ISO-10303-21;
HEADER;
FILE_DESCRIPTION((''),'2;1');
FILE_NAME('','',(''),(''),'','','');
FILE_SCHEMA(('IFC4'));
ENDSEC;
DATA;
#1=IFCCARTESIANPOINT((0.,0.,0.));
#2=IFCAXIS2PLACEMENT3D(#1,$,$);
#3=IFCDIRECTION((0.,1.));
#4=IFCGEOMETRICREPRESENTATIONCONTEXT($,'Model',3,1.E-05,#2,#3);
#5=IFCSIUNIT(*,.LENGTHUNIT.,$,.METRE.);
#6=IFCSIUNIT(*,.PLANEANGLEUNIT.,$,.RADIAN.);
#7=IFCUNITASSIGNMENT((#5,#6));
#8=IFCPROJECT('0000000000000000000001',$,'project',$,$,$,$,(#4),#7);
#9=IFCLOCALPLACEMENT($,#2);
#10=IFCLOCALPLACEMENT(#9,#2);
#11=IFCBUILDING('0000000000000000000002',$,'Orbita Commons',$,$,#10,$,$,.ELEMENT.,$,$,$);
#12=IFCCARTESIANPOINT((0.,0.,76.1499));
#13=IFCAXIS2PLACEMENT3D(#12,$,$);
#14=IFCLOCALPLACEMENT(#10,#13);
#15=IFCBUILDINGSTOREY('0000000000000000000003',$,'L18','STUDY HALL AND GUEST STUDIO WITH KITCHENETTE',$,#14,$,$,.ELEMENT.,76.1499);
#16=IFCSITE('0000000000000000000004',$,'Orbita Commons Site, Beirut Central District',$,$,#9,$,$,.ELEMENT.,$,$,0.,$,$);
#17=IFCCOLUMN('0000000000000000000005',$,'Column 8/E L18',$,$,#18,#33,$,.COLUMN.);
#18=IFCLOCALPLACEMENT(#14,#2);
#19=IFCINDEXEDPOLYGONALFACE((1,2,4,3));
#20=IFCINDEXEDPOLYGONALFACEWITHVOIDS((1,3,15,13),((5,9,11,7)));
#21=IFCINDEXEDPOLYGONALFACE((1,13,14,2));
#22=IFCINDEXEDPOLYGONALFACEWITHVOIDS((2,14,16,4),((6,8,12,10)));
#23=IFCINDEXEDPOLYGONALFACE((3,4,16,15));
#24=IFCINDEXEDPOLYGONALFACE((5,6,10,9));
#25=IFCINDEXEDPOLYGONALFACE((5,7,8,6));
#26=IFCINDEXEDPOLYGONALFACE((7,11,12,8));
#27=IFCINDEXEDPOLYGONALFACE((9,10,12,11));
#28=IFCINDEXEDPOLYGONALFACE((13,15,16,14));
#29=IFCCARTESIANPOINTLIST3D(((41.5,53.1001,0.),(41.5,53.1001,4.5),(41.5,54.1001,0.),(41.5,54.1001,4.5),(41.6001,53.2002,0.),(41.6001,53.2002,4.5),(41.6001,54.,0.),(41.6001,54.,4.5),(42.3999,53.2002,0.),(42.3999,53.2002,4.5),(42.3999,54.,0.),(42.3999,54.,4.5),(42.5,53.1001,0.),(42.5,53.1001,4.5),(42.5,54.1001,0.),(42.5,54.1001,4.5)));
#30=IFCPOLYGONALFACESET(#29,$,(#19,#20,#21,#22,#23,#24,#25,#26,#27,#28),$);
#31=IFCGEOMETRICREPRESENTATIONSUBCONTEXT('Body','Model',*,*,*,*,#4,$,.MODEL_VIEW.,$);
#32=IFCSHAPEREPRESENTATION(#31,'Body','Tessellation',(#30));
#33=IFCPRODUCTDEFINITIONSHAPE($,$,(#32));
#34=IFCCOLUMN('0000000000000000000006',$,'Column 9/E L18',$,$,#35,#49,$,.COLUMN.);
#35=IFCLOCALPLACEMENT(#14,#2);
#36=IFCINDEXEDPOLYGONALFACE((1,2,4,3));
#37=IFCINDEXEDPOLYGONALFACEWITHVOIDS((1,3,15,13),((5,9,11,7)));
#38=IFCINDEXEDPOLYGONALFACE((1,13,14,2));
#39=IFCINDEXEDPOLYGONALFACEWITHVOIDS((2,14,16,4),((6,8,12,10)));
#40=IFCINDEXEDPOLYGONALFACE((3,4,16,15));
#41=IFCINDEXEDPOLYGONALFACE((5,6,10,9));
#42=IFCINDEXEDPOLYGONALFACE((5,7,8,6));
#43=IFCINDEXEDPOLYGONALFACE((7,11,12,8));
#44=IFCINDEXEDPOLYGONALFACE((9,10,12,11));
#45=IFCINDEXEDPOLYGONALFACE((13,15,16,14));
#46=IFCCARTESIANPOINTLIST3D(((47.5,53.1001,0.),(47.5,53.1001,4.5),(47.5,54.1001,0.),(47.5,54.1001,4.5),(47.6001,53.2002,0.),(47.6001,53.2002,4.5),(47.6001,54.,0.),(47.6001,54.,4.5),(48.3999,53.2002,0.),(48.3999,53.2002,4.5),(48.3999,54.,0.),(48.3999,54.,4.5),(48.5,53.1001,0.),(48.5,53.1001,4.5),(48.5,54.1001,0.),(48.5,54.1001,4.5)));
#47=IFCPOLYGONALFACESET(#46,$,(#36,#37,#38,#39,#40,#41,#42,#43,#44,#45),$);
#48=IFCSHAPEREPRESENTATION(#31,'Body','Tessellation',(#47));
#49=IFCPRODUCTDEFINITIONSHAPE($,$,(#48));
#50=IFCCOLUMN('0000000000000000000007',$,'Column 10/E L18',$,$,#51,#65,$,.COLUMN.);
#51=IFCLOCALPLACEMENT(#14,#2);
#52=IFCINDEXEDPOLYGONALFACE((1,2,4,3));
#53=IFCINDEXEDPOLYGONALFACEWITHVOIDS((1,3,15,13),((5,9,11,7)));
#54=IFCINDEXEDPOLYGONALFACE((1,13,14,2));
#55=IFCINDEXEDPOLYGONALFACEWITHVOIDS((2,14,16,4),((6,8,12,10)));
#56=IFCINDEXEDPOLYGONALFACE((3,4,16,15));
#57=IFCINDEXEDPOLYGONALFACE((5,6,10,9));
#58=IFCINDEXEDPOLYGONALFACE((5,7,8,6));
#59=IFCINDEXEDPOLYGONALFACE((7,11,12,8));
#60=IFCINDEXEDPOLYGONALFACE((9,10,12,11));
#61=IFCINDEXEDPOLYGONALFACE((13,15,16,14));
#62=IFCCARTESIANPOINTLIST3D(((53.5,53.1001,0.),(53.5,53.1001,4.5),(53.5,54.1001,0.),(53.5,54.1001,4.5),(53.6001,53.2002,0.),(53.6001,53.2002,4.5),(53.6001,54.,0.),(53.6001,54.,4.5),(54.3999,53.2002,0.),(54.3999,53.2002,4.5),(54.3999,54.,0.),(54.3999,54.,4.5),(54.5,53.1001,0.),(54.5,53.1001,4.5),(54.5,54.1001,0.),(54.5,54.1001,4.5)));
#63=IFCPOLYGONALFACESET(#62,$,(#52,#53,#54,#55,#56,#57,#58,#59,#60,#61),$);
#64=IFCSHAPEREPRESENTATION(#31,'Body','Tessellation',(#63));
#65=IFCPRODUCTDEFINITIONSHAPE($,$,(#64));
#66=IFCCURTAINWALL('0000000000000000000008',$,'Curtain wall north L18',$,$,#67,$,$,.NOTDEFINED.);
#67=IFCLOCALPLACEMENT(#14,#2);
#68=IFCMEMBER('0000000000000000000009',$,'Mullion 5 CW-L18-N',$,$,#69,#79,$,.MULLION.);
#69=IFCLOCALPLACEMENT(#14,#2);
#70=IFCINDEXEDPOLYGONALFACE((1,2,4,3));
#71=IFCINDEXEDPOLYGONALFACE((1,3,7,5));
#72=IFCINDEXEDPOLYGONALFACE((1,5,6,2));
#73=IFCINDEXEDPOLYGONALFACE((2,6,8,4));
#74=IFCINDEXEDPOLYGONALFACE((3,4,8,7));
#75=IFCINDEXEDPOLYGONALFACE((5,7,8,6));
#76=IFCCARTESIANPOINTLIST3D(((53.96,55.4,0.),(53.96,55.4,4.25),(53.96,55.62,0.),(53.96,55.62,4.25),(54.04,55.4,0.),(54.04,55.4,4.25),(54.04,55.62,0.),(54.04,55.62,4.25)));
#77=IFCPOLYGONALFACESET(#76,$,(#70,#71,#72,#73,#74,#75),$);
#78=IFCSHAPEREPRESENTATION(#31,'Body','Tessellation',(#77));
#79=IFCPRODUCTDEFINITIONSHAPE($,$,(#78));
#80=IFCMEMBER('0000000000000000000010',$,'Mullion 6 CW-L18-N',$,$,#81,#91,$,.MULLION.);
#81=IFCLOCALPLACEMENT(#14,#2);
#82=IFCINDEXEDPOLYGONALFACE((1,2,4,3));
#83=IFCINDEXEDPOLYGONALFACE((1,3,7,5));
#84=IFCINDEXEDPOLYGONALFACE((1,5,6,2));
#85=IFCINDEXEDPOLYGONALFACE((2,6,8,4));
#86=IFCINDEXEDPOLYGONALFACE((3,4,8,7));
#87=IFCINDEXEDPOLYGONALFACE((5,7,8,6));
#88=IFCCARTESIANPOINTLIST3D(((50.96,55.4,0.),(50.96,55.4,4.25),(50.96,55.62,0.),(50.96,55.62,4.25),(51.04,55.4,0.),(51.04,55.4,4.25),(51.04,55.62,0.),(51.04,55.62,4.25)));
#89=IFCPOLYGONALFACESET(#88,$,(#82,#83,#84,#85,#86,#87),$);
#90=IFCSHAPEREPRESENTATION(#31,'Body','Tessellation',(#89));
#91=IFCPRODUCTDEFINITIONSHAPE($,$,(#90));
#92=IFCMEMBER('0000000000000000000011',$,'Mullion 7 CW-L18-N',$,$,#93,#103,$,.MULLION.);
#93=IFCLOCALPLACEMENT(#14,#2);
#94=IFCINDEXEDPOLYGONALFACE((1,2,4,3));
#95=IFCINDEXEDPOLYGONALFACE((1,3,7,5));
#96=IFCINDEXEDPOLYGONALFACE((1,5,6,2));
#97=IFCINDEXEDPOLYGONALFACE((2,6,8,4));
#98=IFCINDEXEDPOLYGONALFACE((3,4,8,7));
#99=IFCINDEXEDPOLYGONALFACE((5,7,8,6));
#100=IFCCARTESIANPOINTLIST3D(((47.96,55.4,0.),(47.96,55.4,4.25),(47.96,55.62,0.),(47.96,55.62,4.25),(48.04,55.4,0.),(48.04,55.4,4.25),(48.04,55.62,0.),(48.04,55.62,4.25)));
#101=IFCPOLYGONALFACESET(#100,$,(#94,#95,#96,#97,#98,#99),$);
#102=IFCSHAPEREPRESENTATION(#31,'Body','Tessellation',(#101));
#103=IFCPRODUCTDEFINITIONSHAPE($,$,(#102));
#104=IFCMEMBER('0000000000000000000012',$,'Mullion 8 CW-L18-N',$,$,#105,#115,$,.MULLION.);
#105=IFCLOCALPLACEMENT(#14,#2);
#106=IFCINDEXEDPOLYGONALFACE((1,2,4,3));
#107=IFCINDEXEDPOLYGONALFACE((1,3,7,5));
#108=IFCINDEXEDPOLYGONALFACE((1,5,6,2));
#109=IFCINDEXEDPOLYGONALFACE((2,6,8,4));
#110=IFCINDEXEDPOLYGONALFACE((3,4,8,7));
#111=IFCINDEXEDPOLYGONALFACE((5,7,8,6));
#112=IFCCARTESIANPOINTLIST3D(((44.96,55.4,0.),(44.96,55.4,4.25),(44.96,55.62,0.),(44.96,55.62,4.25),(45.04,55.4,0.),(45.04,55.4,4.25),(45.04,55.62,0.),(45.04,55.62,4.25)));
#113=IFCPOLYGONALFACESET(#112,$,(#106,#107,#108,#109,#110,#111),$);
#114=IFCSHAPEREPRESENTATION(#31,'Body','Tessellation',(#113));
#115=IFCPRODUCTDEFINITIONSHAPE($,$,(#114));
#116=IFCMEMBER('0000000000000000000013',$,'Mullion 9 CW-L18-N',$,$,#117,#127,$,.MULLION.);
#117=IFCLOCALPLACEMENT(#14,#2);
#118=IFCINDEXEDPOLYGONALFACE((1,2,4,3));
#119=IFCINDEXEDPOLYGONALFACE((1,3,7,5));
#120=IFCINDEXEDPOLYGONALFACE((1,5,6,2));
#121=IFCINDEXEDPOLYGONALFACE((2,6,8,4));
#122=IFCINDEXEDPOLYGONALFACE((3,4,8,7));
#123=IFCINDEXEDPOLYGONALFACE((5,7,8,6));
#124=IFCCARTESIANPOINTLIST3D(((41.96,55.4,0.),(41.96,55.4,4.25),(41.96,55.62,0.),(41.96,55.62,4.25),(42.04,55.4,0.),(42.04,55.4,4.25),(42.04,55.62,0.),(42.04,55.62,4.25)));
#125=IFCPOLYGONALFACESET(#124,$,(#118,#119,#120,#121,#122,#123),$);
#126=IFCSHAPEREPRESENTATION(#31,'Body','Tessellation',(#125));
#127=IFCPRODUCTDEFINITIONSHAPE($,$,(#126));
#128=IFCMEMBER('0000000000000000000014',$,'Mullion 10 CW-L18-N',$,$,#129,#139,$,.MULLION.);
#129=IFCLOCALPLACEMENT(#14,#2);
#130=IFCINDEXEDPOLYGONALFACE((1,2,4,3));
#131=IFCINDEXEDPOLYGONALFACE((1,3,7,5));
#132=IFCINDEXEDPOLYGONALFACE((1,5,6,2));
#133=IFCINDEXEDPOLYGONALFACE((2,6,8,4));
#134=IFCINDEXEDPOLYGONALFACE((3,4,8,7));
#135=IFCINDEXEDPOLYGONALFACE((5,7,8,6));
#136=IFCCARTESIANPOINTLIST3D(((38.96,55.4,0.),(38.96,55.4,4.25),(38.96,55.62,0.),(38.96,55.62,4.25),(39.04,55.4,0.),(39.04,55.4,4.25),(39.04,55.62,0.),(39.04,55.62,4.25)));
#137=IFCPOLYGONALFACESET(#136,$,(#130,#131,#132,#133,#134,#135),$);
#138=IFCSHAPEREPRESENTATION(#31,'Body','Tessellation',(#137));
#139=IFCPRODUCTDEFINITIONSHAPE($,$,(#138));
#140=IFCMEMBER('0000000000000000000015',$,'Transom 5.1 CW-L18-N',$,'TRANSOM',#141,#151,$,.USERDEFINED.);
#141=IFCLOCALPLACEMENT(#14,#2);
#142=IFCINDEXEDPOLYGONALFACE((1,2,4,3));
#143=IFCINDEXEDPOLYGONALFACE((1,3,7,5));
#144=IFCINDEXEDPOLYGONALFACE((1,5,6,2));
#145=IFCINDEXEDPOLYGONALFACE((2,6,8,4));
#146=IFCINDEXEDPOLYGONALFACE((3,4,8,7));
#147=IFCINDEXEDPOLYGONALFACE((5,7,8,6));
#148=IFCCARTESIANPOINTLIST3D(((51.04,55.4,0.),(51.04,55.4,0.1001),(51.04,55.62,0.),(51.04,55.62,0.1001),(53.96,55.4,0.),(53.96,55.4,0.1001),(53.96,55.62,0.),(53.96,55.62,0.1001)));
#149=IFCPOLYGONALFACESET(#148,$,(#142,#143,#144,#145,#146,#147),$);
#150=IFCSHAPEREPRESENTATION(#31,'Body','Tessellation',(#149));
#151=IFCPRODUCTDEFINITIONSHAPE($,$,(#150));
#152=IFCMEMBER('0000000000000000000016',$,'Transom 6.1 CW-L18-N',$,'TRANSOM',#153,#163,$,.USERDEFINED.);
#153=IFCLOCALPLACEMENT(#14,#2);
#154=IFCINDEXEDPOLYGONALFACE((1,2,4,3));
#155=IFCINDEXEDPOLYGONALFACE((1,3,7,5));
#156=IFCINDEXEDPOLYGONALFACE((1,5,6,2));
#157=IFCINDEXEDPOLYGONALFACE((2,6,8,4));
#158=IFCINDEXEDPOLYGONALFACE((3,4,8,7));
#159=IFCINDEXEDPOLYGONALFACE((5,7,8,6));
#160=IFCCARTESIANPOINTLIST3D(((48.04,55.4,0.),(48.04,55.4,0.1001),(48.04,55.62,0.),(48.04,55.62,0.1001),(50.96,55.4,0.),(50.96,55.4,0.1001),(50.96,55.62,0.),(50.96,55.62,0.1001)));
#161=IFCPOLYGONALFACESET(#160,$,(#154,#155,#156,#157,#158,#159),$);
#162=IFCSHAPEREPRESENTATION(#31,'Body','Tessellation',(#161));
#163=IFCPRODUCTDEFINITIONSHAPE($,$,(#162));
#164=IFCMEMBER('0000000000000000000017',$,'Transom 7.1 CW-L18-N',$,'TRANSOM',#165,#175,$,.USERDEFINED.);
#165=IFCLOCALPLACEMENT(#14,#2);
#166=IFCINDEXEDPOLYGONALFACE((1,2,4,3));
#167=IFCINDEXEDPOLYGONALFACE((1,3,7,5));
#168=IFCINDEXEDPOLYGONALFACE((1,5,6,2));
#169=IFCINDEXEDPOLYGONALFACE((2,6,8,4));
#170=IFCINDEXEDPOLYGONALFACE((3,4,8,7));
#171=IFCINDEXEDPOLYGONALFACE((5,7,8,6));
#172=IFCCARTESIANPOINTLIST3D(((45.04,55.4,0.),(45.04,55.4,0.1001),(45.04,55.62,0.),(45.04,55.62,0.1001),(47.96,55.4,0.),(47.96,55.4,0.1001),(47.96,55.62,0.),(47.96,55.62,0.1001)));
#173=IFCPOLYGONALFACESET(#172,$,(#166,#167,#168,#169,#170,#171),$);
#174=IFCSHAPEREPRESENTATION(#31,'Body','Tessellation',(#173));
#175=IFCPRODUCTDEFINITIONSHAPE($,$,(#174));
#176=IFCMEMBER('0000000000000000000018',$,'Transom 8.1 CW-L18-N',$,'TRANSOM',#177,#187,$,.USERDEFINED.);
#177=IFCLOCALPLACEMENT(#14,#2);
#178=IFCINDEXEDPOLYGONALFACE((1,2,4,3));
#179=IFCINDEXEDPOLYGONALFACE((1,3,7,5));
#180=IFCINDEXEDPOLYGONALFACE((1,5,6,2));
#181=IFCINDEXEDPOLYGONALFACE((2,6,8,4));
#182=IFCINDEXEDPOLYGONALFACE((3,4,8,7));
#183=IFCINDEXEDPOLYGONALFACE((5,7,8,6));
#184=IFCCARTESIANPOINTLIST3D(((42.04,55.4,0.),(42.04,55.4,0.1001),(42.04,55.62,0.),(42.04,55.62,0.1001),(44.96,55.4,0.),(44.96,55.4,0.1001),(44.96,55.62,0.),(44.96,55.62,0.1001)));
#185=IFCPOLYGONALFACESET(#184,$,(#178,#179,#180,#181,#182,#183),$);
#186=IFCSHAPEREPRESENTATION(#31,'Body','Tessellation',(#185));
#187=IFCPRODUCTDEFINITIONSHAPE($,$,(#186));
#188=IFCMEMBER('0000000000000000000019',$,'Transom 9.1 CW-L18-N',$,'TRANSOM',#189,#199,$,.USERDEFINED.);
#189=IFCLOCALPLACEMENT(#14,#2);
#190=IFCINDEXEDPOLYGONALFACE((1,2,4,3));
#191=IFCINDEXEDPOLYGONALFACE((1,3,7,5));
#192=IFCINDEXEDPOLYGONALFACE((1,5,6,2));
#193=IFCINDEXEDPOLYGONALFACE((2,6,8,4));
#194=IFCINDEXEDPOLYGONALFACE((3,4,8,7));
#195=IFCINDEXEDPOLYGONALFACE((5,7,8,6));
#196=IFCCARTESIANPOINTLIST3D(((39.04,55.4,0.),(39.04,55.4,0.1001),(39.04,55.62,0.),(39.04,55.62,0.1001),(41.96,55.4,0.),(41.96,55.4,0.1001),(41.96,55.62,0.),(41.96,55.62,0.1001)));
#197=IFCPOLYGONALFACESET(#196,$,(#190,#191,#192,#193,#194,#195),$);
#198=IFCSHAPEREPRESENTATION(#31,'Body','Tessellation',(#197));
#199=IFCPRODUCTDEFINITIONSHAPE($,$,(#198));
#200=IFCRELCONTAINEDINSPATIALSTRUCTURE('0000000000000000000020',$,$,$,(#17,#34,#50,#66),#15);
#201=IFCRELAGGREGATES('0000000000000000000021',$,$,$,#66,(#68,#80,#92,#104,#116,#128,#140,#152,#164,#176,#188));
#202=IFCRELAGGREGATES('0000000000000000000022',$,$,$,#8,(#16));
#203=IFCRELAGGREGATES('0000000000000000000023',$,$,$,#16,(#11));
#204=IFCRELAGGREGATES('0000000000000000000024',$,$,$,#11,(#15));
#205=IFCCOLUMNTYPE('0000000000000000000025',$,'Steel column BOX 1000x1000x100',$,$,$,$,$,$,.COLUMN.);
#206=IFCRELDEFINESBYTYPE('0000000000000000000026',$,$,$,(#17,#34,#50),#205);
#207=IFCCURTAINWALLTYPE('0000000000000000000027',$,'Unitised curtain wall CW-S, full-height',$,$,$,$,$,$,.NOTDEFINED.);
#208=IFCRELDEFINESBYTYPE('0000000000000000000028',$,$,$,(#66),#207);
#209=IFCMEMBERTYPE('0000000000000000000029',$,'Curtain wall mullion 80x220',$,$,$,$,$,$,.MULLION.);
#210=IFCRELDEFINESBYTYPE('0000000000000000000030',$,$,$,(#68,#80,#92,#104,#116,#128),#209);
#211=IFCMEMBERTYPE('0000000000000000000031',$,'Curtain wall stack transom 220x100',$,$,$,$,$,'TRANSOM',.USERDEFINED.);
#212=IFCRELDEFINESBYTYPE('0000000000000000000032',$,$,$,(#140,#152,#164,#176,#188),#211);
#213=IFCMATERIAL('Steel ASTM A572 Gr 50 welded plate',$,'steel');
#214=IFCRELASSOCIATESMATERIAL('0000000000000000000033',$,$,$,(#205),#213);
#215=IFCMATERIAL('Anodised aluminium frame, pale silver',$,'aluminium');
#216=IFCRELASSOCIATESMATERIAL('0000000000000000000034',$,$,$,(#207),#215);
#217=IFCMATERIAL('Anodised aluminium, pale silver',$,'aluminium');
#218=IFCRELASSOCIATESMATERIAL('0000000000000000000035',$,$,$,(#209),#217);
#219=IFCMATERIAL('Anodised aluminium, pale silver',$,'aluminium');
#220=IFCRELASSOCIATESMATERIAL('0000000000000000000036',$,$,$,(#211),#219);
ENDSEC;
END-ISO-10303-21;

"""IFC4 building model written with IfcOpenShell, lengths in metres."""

from ifc_helpers import new_model, si_unit, direction, frame, origin, origin_2d, place, context, subcontext, project, spatial, rectangle, hollow_rectangle, extrude, material, material_profile, profile_set, type_object, element, aggregate, save


model = new_model("IFC4")

# Units and contexts
model_context = context("Model", 3, precision=1e-05, world=origin(), true_north=direction((0.0, 1.0)))
body_context = subcontext(model_context, "Body", "Model", "MODEL_VIEW")
ifc_project = project(units=[si_unit("LENGTHUNIT", "METRE"), si_unit("PLANEANGLEUNIT", "RADIAN")], contexts=[model_context])

# Site, building, storey
site_placement = place(None, origin())
site = spatial("IfcSite", under=ifc_project, at=site_placement, Name="Orbita Commons Site, Beirut Central District", CompositionType="ELEMENT", RefElevation=0.0)
building_placement = place(site_placement, origin())
building = spatial("IfcBuilding", under=site, at=building_placement, Name="Orbita Commons", CompositionType="ELEMENT")
storey_placement = place(building_placement, frame((0.0, 0.0, 76.1499)))
storey = spatial("IfcBuildingStorey", under=building, at=storey_placement, Name="L18", Description="STUDY HALL AND GUEST STUDIO WITH KITCHENETTE", CompositionType="ELEMENT", Elevation=76.1499)

# Columns
ifc_material_1 = material(Name="Steel ASTM A572 Gr 50 welded plate", Category="steel")
ifc_material_profile_1 = material_profile(ifc_material_1, hollow_rectangle(XDim=1.0, YDim=1.0, WallThickness=0.1001, at=origin_2d()), Name="BOX 1000x1000x100")
ifc_profile_set_1 = profile_set([ifc_material_profile_1], Name="Steel ASTM A572 Gr 50 welded plate")
column_type = type_object("IfcColumnType", Name="Steel column BOX 1000x1000x100", PredefinedType="COLUMN", material=ifc_profile_set_1)
for number, where, z_axis, x_axis, name in (
    (1, (42.0, 53.6001, 0.0), (0.0, 0.0, 1.0), (1.0, 0.0, 0.0), "Column 8/E L18"),
    (2, (48.0, 53.6001, 0.0), (0.0, 0.0, 1.0), (1.0, 0.0, 0.0), "Column 9/E L18"),
    (3, (54.0, 53.6001, 0.0), (0.0, 0.0, 1.0), (1.0, 0.0, 0.0), "Column 10/E L18"),
):
    element("IfcColumn", number, at=place(storey_placement, frame(where, z_axis=z_axis, x_axis=x_axis)), inside=storey, type_object=column_type, Name=name, PredefinedType="COLUMN", context=body_context, shape_type="SweptSolid", body=[
        extrude(hollow_rectangle(XDim=1.0, YDim=1.0, WallThickness=0.1001, at=origin_2d()), origin(), (0.0, 0.0, 1.0), 4.5),
    ])

# Curtain wall, members
ifc_material_2 = material(Name="Anodised aluminium frame, pale silver", Category="aluminium")
curtain_wall_type = type_object("IfcCurtainWallType", Name="Unitised curtain wall CW-S, full-height", PredefinedType="NOTDEFINED", material=ifc_material_2)
curtain_wall_placement = place(storey_placement, origin())
curtain_wall = element("IfcCurtainWall", 4, at=curtain_wall_placement, inside=storey, type_object=curtain_wall_type, Name="Curtain wall north L18", PredefinedType="NOTDEFINED")
ifc_material_3 = material(Name="Anodised aluminium, pale silver", Category="aluminium")
ifc_material_profile_2 = material_profile(ifc_material_3, rectangle(XDim=0.0801, YDim=0.22, at=origin_2d()), Name="AL 80x220")
ifc_profile_set_2 = profile_set([ifc_material_profile_2], Name="Anodised aluminium, pale silver")
member_type_1 = type_object("IfcMemberType", Name="Curtain wall mullion 80x220", PredefinedType="MULLION", material=ifc_profile_set_2)
member_1_placement = place(storey_placement, frame((54.0, 55.51, 0.0), z_axis=(0.0, 0.0, 1.0), x_axis=(-1.0, 0.0, 0.0)))
member_1 = element("IfcMember", 5, at=member_1_placement, type_object=member_type_1, Name="Mullion 5 CW-L18-N", PredefinedType="MULLION", context=body_context, shape_type="SweptSolid", body=[
    extrude(rectangle(XDim=0.0801, YDim=0.22, at=origin_2d()), origin(), (0.0, 0.0, 1.0), 4.25),
])
member_2_placement = place(storey_placement, frame((51.0, 55.51, 0.0), z_axis=(0.0, 0.0, 1.0), x_axis=(-1.0, 0.0, 0.0)))
member_2 = element("IfcMember", 6, at=member_2_placement, type_object=member_type_1, Name="Mullion 6 CW-L18-N", PredefinedType="MULLION", context=body_context, shape_type="SweptSolid", body=[
    extrude(rectangle(XDim=0.0801, YDim=0.22, at=origin_2d()), origin(), (0.0, 0.0, 1.0), 4.25),
])
member_3_placement = place(storey_placement, frame((48.0, 55.51, 0.0), z_axis=(0.0, 0.0, 1.0), x_axis=(-1.0, 0.0, 0.0)))
member_3 = element("IfcMember", 7, at=member_3_placement, type_object=member_type_1, Name="Mullion 7 CW-L18-N", PredefinedType="MULLION", context=body_context, shape_type="SweptSolid", body=[
    extrude(rectangle(XDim=0.0801, YDim=0.22, at=origin_2d()), origin(), (0.0, 0.0, 1.0), 4.25),
])
member_4_placement = place(storey_placement, frame((45.0, 55.51, 0.0), z_axis=(0.0, 0.0, 1.0), x_axis=(-1.0, 0.0, 0.0)))
member_4 = element("IfcMember", 8, at=member_4_placement, type_object=member_type_1, Name="Mullion 8 CW-L18-N", PredefinedType="MULLION", context=body_context, shape_type="SweptSolid", body=[
    extrude(rectangle(XDim=0.0801, YDim=0.22, at=origin_2d()), origin(), (0.0, 0.0, 1.0), 4.25),
])
member_5_placement = place(storey_placement, frame((42.0, 55.51, 0.0), z_axis=(0.0, 0.0, 1.0), x_axis=(-1.0, 0.0, 0.0)))
member_5 = element("IfcMember", 9, at=member_5_placement, type_object=member_type_1, Name="Mullion 9 CW-L18-N", PredefinedType="MULLION", context=body_context, shape_type="SweptSolid", body=[
    extrude(rectangle(XDim=0.0801, YDim=0.22, at=origin_2d()), origin(), (0.0, 0.0, 1.0), 4.25),
])
member_6_placement = place(storey_placement, frame((39.0, 55.51, 0.0), z_axis=(0.0, 0.0, 1.0), x_axis=(-1.0, 0.0, 0.0)))
member_6 = element("IfcMember", 10, at=member_6_placement, type_object=member_type_1, Name="Mullion 10 CW-L18-N", PredefinedType="MULLION", context=body_context, shape_type="SweptSolid", body=[
    extrude(rectangle(XDim=0.0801, YDim=0.22, at=origin_2d()), origin(), (0.0, 0.0, 1.0), 4.25),
])
ifc_material_4 = material(Name="Anodised aluminium, pale silver", Category="aluminium")
ifc_material_profile_3 = material_profile(ifc_material_4, rectangle(XDim=0.22, YDim=0.1001, at=origin_2d()), Name="AL 220x100")
ifc_profile_set_3 = profile_set([ifc_material_profile_3], Name="Anodised aluminium, pale silver")
member_type_2 = type_object("IfcMemberType", Name="Curtain wall stack transom 220x100", ElementType="TRANSOM", PredefinedType="USERDEFINED", material=ifc_profile_set_3)
member_7_placement = place(storey_placement, frame((53.96, 55.51, 0.05), z_axis=(-1.0, 0.0, 0.0), x_axis=(0.0, -1.0, 0.0)))
member_7 = element("IfcMember", 11, at=member_7_placement, type_object=member_type_2, Name="Transom 5.1 CW-L18-N", ObjectType="TRANSOM", PredefinedType="USERDEFINED", context=body_context, shape_type="SweptSolid", body=[
    extrude(rectangle(XDim=0.22, YDim=0.1001, at=origin_2d()), origin(), (0.0, 0.0, 1.0), 2.9199),
])
member_8_placement = place(storey_placement, frame((50.96, 55.51, 0.05), z_axis=(-1.0, 0.0, 0.0), x_axis=(0.0, -1.0, 0.0)))
member_8 = element("IfcMember", 12, at=member_8_placement, type_object=member_type_2, Name="Transom 6.1 CW-L18-N", ObjectType="TRANSOM", PredefinedType="USERDEFINED", context=body_context, shape_type="SweptSolid", body=[
    extrude(rectangle(XDim=0.22, YDim=0.1001, at=origin_2d()), origin(), (0.0, 0.0, 1.0), 2.9199),
])
member_9_placement = place(storey_placement, frame((47.96, 55.51, 0.05), z_axis=(-1.0, 0.0, 0.0), x_axis=(0.0, -1.0, 0.0)))
member_9 = element("IfcMember", 13, at=member_9_placement, type_object=member_type_2, Name="Transom 7.1 CW-L18-N", ObjectType="TRANSOM", PredefinedType="USERDEFINED", context=body_context, shape_type="SweptSolid", body=[
    extrude(rectangle(XDim=0.22, YDim=0.1001, at=origin_2d()), origin(), (0.0, 0.0, 1.0), 2.9199),
])
member_10_placement = place(storey_placement, frame((44.96, 55.51, 0.05), z_axis=(-1.0, 0.0, 0.0), x_axis=(0.0, -1.0, 0.0)))
member_10 = element("IfcMember", 14, at=member_10_placement, type_object=member_type_2, Name="Transom 8.1 CW-L18-N", ObjectType="TRANSOM", PredefinedType="USERDEFINED", context=body_context, shape_type="SweptSolid", body=[
    extrude(rectangle(XDim=0.22, YDim=0.1001, at=origin_2d()), origin(), (0.0, 0.0, 1.0), 2.9199),
])
member_11_placement = place(storey_placement, frame((41.96, 55.51, 0.05), z_axis=(-1.0, 0.0, 0.0), x_axis=(0.0, -1.0, 0.0)))
member_11 = element("IfcMember", 15, at=member_11_placement, type_object=member_type_2, Name="Transom 9.1 CW-L18-N", ObjectType="TRANSOM", PredefinedType="USERDEFINED", context=body_context, shape_type="SweptSolid", body=[
    extrude(rectangle(XDim=0.22, YDim=0.1001, at=origin_2d()), origin(), (0.0, 0.0, 1.0), 2.9199),
])

aggregate(curtain_wall, [member_1, member_2, member_3, member_4, member_5, member_6, member_7, member_8, member_9, member_10, member_11])

save(model, "model.ifc")
